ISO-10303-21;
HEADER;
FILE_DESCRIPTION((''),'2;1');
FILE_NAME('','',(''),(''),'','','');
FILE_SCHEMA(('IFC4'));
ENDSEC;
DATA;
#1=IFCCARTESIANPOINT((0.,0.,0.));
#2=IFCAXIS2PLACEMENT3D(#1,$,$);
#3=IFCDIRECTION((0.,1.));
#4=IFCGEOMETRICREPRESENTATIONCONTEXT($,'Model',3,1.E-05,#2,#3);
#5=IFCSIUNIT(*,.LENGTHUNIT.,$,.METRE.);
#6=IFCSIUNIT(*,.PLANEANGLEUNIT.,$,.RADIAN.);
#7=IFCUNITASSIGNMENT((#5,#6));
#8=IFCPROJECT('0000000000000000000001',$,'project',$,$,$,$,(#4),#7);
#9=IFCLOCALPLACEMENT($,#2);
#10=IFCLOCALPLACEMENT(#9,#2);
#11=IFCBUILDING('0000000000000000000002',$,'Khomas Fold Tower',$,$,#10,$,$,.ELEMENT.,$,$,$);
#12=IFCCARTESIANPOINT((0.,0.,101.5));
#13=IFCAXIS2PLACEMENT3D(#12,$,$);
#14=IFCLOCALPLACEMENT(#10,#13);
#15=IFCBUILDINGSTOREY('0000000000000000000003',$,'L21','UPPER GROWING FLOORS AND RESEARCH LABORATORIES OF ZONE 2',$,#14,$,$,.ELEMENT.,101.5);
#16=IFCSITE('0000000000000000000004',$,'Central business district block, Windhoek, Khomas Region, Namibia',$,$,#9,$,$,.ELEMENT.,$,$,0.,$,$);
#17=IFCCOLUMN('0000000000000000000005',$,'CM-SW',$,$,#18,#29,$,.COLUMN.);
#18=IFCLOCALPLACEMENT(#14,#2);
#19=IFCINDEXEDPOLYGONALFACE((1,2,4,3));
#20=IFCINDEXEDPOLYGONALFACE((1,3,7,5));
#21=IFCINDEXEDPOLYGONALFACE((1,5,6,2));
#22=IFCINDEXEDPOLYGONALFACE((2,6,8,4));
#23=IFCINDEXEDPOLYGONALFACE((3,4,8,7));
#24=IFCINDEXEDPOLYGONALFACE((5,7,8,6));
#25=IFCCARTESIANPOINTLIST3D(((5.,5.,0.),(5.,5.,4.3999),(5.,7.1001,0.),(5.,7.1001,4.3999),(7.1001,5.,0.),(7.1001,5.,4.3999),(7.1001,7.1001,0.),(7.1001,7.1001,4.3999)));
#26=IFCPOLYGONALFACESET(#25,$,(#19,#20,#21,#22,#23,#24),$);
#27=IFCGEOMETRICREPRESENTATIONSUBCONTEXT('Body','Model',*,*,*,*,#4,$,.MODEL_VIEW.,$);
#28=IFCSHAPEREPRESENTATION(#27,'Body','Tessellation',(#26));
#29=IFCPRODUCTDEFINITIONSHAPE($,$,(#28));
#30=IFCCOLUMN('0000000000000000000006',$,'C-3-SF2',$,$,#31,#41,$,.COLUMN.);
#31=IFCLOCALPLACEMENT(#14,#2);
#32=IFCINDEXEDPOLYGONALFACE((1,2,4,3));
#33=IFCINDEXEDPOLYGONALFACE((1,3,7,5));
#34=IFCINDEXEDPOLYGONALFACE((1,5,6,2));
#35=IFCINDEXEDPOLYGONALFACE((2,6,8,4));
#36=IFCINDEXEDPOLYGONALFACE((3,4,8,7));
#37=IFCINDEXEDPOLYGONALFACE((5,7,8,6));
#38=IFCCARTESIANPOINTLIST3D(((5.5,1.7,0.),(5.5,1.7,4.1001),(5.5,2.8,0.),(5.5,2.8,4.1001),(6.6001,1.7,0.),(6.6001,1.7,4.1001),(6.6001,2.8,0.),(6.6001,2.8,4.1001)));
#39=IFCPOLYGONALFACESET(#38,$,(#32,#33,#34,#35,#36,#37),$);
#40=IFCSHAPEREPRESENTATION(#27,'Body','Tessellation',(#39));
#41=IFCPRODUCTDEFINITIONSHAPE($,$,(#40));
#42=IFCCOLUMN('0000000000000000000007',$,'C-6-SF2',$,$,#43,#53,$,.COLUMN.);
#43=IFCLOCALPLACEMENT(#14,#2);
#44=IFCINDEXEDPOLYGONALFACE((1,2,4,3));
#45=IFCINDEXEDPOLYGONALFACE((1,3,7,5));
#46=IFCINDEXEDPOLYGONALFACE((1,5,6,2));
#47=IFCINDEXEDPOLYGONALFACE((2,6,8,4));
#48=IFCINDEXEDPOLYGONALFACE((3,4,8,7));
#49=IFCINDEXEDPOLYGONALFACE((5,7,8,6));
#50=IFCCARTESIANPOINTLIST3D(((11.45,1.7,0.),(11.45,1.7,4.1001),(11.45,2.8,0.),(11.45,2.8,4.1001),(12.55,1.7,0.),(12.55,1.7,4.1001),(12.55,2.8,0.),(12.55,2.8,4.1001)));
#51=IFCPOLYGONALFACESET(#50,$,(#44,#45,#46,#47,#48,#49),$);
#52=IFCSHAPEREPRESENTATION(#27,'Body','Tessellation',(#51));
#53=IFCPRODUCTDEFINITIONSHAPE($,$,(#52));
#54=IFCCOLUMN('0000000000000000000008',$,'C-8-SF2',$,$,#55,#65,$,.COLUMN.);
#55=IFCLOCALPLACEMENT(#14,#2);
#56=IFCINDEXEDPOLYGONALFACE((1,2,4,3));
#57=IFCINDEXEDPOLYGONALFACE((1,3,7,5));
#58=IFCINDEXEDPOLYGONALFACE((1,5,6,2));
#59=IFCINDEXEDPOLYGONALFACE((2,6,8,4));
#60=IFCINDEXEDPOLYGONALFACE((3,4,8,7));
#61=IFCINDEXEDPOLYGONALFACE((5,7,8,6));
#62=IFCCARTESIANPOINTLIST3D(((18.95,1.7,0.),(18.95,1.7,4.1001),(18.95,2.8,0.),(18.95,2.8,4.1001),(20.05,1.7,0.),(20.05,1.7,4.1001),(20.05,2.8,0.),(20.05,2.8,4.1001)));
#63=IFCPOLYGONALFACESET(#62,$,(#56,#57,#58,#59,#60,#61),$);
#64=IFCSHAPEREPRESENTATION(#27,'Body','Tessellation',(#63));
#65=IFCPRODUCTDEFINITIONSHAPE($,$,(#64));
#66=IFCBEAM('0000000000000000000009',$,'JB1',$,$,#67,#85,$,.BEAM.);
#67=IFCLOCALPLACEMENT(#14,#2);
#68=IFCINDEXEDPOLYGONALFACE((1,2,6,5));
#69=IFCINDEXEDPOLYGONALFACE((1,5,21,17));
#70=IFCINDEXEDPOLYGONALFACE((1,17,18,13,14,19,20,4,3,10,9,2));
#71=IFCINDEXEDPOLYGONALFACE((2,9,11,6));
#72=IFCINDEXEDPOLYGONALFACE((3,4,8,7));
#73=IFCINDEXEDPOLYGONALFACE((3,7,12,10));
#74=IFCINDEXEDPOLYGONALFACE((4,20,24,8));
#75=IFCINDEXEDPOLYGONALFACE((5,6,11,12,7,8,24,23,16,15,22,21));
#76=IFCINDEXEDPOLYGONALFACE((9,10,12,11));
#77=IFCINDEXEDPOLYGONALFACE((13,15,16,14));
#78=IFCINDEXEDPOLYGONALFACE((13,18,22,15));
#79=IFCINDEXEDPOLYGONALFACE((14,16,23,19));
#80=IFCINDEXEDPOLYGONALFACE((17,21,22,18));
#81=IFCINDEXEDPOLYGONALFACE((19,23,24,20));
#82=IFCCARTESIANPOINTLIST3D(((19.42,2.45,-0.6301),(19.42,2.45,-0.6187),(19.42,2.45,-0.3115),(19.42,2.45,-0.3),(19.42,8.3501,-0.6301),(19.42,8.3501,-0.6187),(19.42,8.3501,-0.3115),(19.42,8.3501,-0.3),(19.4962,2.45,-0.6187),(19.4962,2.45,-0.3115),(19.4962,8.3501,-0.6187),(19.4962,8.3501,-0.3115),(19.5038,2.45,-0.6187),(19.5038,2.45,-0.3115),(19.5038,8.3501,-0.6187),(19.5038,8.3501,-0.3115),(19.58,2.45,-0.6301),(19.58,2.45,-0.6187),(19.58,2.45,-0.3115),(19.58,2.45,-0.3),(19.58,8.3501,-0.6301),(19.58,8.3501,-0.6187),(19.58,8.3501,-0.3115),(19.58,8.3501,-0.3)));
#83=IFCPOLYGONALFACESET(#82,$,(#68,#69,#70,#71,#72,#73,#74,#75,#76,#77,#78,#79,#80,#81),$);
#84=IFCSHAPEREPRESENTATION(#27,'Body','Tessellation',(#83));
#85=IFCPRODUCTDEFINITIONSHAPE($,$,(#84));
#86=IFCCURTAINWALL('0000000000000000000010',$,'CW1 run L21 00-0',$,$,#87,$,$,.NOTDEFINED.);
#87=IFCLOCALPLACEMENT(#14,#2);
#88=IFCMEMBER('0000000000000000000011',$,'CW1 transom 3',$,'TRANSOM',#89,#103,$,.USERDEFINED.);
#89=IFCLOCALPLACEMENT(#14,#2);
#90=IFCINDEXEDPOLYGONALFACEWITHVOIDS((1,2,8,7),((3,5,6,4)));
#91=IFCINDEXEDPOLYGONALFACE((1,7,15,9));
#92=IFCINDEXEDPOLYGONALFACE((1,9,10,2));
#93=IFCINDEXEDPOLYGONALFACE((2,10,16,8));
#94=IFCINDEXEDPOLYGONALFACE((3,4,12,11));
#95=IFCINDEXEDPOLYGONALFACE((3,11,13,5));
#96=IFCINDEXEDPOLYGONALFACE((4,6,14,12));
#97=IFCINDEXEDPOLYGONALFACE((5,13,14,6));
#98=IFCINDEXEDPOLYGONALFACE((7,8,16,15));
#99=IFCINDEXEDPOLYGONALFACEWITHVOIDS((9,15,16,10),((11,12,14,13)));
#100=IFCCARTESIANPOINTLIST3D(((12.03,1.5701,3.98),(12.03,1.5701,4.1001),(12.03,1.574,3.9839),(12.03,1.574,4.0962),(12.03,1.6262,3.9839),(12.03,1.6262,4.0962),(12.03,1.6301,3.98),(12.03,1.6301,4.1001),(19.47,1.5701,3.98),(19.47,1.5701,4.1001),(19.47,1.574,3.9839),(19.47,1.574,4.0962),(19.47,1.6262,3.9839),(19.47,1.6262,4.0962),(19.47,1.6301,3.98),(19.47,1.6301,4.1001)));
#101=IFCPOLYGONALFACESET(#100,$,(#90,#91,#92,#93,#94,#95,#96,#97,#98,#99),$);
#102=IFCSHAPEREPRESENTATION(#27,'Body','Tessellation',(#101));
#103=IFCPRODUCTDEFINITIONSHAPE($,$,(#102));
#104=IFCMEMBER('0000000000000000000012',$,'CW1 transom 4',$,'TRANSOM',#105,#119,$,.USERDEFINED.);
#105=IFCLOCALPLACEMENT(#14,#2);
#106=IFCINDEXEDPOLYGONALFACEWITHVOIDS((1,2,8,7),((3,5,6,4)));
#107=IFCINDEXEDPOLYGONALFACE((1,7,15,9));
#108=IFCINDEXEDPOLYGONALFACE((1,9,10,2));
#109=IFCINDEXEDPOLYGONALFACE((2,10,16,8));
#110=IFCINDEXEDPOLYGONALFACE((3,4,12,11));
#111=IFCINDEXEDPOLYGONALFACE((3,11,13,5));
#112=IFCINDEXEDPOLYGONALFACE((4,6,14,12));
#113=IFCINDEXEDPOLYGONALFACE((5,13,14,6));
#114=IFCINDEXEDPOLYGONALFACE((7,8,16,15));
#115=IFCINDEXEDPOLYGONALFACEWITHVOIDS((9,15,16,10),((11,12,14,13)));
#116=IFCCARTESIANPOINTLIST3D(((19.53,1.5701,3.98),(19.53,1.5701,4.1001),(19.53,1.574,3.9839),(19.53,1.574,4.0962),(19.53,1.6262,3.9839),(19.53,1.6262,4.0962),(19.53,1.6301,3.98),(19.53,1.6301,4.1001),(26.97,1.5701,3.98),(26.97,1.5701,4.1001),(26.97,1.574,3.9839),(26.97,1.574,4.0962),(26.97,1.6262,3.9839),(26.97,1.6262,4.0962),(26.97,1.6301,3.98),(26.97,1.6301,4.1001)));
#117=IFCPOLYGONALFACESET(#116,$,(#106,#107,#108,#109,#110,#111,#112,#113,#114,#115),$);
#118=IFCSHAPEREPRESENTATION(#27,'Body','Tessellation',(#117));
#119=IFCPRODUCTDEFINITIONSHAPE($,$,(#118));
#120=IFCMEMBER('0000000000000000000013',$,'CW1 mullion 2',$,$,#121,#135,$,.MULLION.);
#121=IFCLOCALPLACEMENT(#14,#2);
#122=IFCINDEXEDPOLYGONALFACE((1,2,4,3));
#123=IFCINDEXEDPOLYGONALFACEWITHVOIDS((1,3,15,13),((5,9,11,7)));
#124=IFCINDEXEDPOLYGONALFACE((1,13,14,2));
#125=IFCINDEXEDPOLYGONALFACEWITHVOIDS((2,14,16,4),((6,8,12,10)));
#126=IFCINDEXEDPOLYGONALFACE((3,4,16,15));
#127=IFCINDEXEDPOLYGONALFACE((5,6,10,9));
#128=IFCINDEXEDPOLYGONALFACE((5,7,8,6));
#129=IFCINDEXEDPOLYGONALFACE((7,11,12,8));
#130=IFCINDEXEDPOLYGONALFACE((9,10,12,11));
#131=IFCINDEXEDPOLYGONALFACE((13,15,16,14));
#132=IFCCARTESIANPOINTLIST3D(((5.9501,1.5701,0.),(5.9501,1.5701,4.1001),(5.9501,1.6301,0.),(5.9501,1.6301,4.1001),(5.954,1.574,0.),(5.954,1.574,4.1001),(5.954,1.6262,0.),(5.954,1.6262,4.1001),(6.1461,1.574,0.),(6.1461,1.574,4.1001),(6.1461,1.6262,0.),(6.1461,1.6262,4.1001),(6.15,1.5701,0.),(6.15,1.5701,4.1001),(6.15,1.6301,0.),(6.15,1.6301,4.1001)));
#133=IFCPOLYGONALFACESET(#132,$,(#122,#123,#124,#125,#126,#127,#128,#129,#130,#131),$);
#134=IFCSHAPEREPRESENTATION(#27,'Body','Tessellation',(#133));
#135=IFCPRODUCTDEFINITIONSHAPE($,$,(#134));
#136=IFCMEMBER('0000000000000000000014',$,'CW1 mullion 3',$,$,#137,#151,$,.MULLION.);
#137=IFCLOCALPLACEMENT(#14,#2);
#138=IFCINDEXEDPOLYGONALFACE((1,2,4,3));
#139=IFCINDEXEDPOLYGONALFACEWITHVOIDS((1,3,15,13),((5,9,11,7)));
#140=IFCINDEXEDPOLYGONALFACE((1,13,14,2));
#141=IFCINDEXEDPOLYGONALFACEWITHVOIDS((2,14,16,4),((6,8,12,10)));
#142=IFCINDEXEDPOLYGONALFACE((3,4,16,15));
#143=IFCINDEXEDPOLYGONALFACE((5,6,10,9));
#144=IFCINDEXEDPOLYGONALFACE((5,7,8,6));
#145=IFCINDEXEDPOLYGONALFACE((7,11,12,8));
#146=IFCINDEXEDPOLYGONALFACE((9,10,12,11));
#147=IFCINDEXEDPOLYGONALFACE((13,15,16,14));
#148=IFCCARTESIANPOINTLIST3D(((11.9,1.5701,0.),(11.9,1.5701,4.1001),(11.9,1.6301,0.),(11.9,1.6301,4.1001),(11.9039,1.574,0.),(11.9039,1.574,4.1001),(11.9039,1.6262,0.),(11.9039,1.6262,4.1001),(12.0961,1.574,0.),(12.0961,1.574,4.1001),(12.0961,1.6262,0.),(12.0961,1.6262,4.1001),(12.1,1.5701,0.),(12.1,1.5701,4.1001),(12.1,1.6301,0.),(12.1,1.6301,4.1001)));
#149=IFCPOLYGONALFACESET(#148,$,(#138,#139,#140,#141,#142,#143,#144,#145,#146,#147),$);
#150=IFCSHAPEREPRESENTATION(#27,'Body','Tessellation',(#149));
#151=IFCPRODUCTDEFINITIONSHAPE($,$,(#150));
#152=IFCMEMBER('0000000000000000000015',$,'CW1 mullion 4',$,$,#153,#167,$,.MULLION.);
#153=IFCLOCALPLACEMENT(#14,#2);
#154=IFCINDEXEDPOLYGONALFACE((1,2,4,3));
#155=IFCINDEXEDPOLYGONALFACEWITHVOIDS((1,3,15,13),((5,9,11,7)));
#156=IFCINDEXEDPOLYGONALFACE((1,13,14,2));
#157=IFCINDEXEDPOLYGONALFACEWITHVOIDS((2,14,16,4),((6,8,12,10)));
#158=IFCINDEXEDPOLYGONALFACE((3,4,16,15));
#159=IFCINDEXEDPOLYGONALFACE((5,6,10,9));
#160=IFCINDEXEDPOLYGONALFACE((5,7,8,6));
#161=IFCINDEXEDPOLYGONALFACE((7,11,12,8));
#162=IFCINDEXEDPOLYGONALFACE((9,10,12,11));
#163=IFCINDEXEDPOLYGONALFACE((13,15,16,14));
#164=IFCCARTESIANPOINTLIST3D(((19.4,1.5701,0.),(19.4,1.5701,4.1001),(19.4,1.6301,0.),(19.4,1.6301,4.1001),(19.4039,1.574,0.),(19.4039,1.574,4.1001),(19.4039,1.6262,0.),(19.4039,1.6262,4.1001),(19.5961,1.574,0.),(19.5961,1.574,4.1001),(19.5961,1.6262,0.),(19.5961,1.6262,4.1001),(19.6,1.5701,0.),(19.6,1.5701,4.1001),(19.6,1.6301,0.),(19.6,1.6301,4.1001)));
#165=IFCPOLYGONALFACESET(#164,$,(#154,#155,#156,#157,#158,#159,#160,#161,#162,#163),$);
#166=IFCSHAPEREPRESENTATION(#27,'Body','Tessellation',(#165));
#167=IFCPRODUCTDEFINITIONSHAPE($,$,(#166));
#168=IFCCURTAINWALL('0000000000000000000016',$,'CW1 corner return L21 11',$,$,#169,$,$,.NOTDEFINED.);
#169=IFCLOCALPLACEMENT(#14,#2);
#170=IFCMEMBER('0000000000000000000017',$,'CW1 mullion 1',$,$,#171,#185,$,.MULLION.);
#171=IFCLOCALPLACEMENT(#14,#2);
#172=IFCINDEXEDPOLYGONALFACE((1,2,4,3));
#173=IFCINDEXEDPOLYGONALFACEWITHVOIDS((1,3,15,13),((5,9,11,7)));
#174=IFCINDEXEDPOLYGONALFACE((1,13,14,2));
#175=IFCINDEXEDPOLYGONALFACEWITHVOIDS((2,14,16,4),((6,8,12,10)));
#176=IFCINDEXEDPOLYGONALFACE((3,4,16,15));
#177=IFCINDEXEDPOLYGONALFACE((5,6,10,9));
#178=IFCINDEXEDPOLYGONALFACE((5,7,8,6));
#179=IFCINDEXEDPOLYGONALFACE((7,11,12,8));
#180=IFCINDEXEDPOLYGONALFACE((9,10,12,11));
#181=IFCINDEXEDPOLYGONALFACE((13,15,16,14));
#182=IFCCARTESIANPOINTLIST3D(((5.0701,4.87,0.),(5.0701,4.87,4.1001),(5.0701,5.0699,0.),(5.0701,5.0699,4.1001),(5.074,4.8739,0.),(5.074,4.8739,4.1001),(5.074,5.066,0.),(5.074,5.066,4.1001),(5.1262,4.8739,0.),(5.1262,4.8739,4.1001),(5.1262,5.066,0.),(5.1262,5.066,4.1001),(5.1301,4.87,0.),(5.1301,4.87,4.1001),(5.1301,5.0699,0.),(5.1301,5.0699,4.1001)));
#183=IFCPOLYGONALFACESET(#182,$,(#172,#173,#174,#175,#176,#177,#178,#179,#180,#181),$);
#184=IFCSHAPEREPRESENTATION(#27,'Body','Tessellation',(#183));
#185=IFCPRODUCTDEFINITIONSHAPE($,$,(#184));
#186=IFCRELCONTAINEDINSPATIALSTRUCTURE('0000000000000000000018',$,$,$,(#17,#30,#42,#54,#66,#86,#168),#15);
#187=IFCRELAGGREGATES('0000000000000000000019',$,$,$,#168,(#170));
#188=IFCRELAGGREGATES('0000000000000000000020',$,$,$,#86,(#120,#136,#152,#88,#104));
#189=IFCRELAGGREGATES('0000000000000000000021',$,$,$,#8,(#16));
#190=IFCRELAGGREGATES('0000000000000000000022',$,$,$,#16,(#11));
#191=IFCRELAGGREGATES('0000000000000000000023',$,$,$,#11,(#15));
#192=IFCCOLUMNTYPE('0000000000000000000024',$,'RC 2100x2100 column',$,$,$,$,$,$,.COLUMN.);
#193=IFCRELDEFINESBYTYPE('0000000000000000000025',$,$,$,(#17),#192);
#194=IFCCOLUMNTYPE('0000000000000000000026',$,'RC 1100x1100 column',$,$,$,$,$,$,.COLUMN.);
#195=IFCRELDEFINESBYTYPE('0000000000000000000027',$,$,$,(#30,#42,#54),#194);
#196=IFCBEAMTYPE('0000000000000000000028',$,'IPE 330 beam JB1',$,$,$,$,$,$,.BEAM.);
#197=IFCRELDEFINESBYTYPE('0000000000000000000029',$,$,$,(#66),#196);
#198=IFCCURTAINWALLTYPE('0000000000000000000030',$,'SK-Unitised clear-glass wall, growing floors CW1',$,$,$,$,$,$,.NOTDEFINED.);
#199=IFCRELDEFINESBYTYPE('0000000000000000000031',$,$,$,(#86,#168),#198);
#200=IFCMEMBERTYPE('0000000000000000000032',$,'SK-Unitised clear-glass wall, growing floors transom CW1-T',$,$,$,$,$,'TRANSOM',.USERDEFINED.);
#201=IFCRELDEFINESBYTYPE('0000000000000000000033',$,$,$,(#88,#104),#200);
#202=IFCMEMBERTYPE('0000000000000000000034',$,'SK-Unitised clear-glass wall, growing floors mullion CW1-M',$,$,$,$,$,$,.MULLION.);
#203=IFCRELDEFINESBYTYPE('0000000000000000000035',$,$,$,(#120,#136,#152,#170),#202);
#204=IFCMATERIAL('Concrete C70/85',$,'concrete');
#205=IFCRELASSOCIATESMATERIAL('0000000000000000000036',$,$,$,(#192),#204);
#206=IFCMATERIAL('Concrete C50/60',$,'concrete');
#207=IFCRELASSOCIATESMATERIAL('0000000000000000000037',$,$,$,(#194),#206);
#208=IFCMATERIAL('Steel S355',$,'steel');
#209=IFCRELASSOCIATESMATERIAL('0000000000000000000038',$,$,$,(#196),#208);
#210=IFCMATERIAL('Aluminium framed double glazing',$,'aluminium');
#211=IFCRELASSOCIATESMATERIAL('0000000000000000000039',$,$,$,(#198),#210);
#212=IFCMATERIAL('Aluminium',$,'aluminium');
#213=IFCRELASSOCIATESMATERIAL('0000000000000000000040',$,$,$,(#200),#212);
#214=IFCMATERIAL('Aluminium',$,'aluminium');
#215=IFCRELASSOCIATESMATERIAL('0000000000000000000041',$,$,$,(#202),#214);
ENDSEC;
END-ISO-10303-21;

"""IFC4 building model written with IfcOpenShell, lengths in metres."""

from ifc_helpers import new_model, si_unit, direction, frame, origin, origin_2d, place, context, subcontext, project, spatial, rectangle, hollow_rectangle, i_section, extrude, source, transform, mapped, material, material_profile, profile_set, type_object, element, aggregate, save


model = new_model("IFC4")

# Units and contexts
model_context = context("Model", 3, precision=1e-05, world=origin(), true_north=direction((0.0, 1.0)))
body_context = subcontext(model_context, "Body", "Model", "MODEL_VIEW")
ifc_project = project(units=[si_unit("LENGTHUNIT", "METRE"), si_unit("PLANEANGLEUNIT", "RADIAN")], contexts=[model_context])

# Site, building, storey
site_placement = place(None, origin())
site = spatial("IfcSite", under=ifc_project, at=site_placement, Name="Central business district block, Windhoek, Khomas Region, Namibia", CompositionType="ELEMENT", RefElevation=0.0)
building_placement = place(site_placement, origin())
building = spatial("IfcBuilding", under=site, at=building_placement, Name="Khomas Fold Tower", CompositionType="ELEMENT")
storey_placement = place(building_placement, frame((0.0, 0.0, 101.5)))
storey = spatial("IfcBuildingStorey", under=building, at=storey_placement, Name="L21", Description="UPPER GROWING FLOORS AND RESEARCH LABORATORIES OF ZONE 2", CompositionType="ELEMENT", Elevation=101.5)

# Columns
ifc_material_1 = material(Name="Concrete C70/85", Category="concrete")
ifc_material_profile_1 = material_profile(ifc_material_1, rectangle(XDim=2.1001, YDim=2.1001, at=origin_2d()), Name="RC 2100x2100")
ifc_profile_set_1 = profile_set([ifc_material_profile_1], Name="Concrete C70/85")
column_type_1 = type_object("IfcColumnType", Name="RC 2100x2100 column", PredefinedType="COLUMN", material=ifc_profile_set_1)
shared_shape_1 = source(origin(), body_context, "Body", "SweptSolid", [
    extrude(rectangle(XDim=2.1001, YDim=2.1001, at=origin_2d()), origin(), (0.0, 0.0, 1.0), 4.3999),
])
column_placement = place(storey_placement, frame((6.05, 6.05, 0.0), z_axis=(0.0, 0.0, 1.0), x_axis=(1.0, 0.0, 0.0)))
element("IfcColumn", 1, at=column_placement, inside=storey, type_object=column_type_1, Name="CM-SW", PredefinedType="COLUMN", context=body_context, shape_type="MappedRepresentation", body=[
    mapped(shared_shape_1, transform((0.0, 0.0, 0.0))),
])
ifc_material_2 = material(Name="Concrete C50/60", Category="concrete")
ifc_material_profile_2 = material_profile(ifc_material_2, rectangle(XDim=1.1001, YDim=1.1001, at=origin_2d()), Name="RC 1100x1100")
ifc_profile_set_2 = profile_set([ifc_material_profile_2], Name="Concrete C50/60")
column_type_2 = type_object("IfcColumnType", Name="RC 1100x1100 column", PredefinedType="COLUMN", material=ifc_profile_set_2)
shared_shape_2 = source(origin(), body_context, "Body", "SweptSolid", [
    extrude(rectangle(XDim=1.1001, YDim=1.1001, at=origin_2d()), origin(), (0.0, 0.0, 1.0), 4.1001),
])
for number, where, z_axis, x_axis, name in (
    (2, (6.05, 2.25, 0.0), (0.0, 0.0, 1.0), (1.0, 0.0, 0.0), "C-3-SF2"),
    (3, (12.0, 2.25, 0.0), (0.0, 0.0, 1.0), (1.0, 0.0, 0.0), "C-6-SF2"),
    (4, (19.5, 2.25, 0.0), (0.0, 0.0, 1.0), (1.0, 0.0, 0.0), "C-8-SF2"),
):
    element("IfcColumn", number, at=place(storey_placement, frame(where, z_axis=z_axis, x_axis=x_axis)), inside=storey, type_object=column_type_2, Name=name, PredefinedType="COLUMN", context=body_context, shape_type="MappedRepresentation", body=[
        mapped(shared_shape_2, transform((0.0, 0.0, 0.0))),
    ])

# Beam
ifc_material_3 = material(Name="Steel S355", Category="steel")
ifc_material_profile_3 = material_profile(ifc_material_3, i_section(OverallWidth=0.1599, OverallDepth=0.3301, WebThickness=0.0076, FlangeThickness=0.0115, at=origin_2d()), Name="IPE 330")
ifc_profile_set_3 = profile_set([ifc_material_profile_3], Name="Steel S355")
beam_type = type_object("IfcBeamType", Name="IPE 330 beam JB1", PredefinedType="BEAM", material=ifc_profile_set_3)
shared_shape_3 = source(origin(), body_context, "Body", "SweptSolid", [
    extrude(i_section(OverallWidth=0.1599, OverallDepth=0.3301, WebThickness=0.0076, FlangeThickness=0.0115, at=origin_2d()), origin(), (0.0, 0.0, 1.0), 5.9001),
])
beam_placement = place(storey_placement, frame((19.5, 2.45, -0.4651), z_axis=(0.0, 1.0, 0.0), x_axis=(-1.0, 0.0, 0.0)))
element("IfcBeam", 5, at=beam_placement, inside=storey, type_object=beam_type, Name="JB1", PredefinedType="BEAM", context=body_context, shape_type="MappedRepresentation", body=[
    mapped(shared_shape_3, transform((0.0, 0.0, 0.0))),
])

# Curtain wall, members
ifc_material_4 = material(Name="Aluminium framed double glazing", Category="aluminium")
curtain_wall_type = type_object("IfcCurtainWallType", Name="SK-Unitised clear-glass wall, growing floors CW1", PredefinedType="NOTDEFINED", material=ifc_material_4)
curtain_wall_1_placement = place(storey_placement, origin())
curtain_wall_1 = element("IfcCurtainWall", 6, at=curtain_wall_1_placement, inside=storey, type_object=curtain_wall_type, Name="CW1 run L21 00-0", PredefinedType="NOTDEFINED")
ifc_material_5 = material(Name="Aluminium", Category="aluminium")
ifc_material_profile_4 = material_profile(ifc_material_5, hollow_rectangle(XDim=0.0601, YDim=0.1201, WallThickness=0.0039, at=origin_2d()), Name="SK-Unitised clear-glass wall, growing floors transom CW1-T")
ifc_profile_set_4 = profile_set([ifc_material_profile_4], Name="Aluminium")
member_type_1 = type_object("IfcMemberType", Name="SK-Unitised clear-glass wall, growing floors transom CW1-T", ElementType="TRANSOM", PredefinedType="USERDEFINED", material=ifc_profile_set_4)
shared_shape_4 = source(origin(), body_context, "Body", "SweptSolid", [
    extrude(hollow_rectangle(XDim=0.0601, YDim=0.1201, WallThickness=0.0039, at=origin_2d()), origin(), (0.0, 0.0, 1.0), 7.4399),
])
member_1_placement = place(storey_placement, frame((12.03, 1.6001, 4.04), z_axis=(1.0, 0.0, 0.0), x_axis=(0.0, 1.0, 0.0)))
member_1 = element("IfcMember", 7, at=member_1_placement, type_object=member_type_1, Name="CW1 transom 3", ObjectType="TRANSOM", PredefinedType="USERDEFINED", context=body_context, shape_type="MappedRepresentation", body=[
    mapped(shared_shape_4, transform((0.0, 0.0, 0.0))),
])
member_2_placement = place(storey_placement, frame((19.53, 1.6001, 4.04), z_axis=(1.0, 0.0, 0.0), x_axis=(0.0, 1.0, 0.0)))
member_2 = element("IfcMember", 8, at=member_2_placement, type_object=member_type_1, Name="CW1 transom 4", ObjectType="TRANSOM", PredefinedType="USERDEFINED", context=body_context, shape_type="MappedRepresentation", body=[
    mapped(shared_shape_4, transform((0.0, 0.0, 0.0))),
])
ifc_material_6 = material(Name="Aluminium", Category="aluminium")
ifc_material_profile_5 = material_profile(ifc_material_6, hollow_rectangle(XDim=0.0601, YDim=0.2, WallThickness=0.0039, at=origin_2d()), Name="SK-Unitised clear-glass wall, growing floors mullion CW1-M")
ifc_profile_set_5 = profile_set([ifc_material_profile_5], Name="Aluminium")
member_type_2 = type_object("IfcMemberType", Name="SK-Unitised clear-glass wall, growing floors mullion CW1-M", PredefinedType="MULLION", material=ifc_profile_set_5)
shared_shape_5 = source(origin(), body_context, "Body", "SweptSolid", [
    extrude(hollow_rectangle(XDim=0.0601, YDim=0.2, WallThickness=0.0039, at=origin_2d()), origin(), (0.0, 0.0, 1.0), 4.1001),
])
member_3_placement = place(storey_placement, frame((6.05, 1.6001, 0.0), z_axis=(0.0, 0.0, 1.0), x_axis=(0.0, 1.0, 0.0)))
member_3 = element("IfcMember", 9, at=member_3_placement, type_object=member_type_2, Name="CW1 mullion 2", PredefinedType="MULLION", context=body_context, shape_type="MappedRepresentation", body=[
    mapped(shared_shape_5, transform((0.0, 0.0, 0.0))),
])
member_4_placement = place(storey_placement, frame((12.0, 1.6001, 0.0), z_axis=(0.0, 0.0, 1.0), x_axis=(0.0, 1.0, 0.0)))
member_4 = element("IfcMember", 10, at=member_4_placement, type_object=member_type_2, Name="CW1 mullion 3", PredefinedType="MULLION", context=body_context, shape_type="MappedRepresentation", body=[
    mapped(shared_shape_5, transform((0.0, 0.0, 0.0))),
])
member_5_placement = place(storey_placement, frame((19.5, 1.6001, 0.0), z_axis=(0.0, 0.0, 1.0), x_axis=(0.0, 1.0, 0.0)))
member_5 = element("IfcMember", 11, at=member_5_placement, type_object=member_type_2, Name="CW1 mullion 4", PredefinedType="MULLION", context=body_context, shape_type="MappedRepresentation", body=[
    mapped(shared_shape_5, transform((0.0, 0.0, 0.0))),
])

# Curtain wall, member
curtain_wall_2_placement = place(storey_placement, origin())
curtain_wall_2 = element("IfcCurtainWall", 12, at=curtain_wall_2_placement, inside=storey, type_object=curtain_wall_type, Name="CW1 corner return L21 11", PredefinedType="NOTDEFINED")
member_6_placement = place(storey_placement, frame((5.1001, 4.97, 0.0), z_axis=(0.0, 0.0, 1.0), x_axis=(1.0, 0.0, 0.0)))
member_6 = element("IfcMember", 13, at=member_6_placement, type_object=member_type_2, Name="CW1 mullion 1", PredefinedType="MULLION", context=body_context, shape_type="MappedRepresentation", body=[
    mapped(shared_shape_5, transform((0.0, 0.0, 0.0))),
])

aggregate(curtain_wall_2, [member_6])

aggregate(curtain_wall_1, [member_3, member_4, member_5, member_1, member_2])

save(model, "model.ifc")
